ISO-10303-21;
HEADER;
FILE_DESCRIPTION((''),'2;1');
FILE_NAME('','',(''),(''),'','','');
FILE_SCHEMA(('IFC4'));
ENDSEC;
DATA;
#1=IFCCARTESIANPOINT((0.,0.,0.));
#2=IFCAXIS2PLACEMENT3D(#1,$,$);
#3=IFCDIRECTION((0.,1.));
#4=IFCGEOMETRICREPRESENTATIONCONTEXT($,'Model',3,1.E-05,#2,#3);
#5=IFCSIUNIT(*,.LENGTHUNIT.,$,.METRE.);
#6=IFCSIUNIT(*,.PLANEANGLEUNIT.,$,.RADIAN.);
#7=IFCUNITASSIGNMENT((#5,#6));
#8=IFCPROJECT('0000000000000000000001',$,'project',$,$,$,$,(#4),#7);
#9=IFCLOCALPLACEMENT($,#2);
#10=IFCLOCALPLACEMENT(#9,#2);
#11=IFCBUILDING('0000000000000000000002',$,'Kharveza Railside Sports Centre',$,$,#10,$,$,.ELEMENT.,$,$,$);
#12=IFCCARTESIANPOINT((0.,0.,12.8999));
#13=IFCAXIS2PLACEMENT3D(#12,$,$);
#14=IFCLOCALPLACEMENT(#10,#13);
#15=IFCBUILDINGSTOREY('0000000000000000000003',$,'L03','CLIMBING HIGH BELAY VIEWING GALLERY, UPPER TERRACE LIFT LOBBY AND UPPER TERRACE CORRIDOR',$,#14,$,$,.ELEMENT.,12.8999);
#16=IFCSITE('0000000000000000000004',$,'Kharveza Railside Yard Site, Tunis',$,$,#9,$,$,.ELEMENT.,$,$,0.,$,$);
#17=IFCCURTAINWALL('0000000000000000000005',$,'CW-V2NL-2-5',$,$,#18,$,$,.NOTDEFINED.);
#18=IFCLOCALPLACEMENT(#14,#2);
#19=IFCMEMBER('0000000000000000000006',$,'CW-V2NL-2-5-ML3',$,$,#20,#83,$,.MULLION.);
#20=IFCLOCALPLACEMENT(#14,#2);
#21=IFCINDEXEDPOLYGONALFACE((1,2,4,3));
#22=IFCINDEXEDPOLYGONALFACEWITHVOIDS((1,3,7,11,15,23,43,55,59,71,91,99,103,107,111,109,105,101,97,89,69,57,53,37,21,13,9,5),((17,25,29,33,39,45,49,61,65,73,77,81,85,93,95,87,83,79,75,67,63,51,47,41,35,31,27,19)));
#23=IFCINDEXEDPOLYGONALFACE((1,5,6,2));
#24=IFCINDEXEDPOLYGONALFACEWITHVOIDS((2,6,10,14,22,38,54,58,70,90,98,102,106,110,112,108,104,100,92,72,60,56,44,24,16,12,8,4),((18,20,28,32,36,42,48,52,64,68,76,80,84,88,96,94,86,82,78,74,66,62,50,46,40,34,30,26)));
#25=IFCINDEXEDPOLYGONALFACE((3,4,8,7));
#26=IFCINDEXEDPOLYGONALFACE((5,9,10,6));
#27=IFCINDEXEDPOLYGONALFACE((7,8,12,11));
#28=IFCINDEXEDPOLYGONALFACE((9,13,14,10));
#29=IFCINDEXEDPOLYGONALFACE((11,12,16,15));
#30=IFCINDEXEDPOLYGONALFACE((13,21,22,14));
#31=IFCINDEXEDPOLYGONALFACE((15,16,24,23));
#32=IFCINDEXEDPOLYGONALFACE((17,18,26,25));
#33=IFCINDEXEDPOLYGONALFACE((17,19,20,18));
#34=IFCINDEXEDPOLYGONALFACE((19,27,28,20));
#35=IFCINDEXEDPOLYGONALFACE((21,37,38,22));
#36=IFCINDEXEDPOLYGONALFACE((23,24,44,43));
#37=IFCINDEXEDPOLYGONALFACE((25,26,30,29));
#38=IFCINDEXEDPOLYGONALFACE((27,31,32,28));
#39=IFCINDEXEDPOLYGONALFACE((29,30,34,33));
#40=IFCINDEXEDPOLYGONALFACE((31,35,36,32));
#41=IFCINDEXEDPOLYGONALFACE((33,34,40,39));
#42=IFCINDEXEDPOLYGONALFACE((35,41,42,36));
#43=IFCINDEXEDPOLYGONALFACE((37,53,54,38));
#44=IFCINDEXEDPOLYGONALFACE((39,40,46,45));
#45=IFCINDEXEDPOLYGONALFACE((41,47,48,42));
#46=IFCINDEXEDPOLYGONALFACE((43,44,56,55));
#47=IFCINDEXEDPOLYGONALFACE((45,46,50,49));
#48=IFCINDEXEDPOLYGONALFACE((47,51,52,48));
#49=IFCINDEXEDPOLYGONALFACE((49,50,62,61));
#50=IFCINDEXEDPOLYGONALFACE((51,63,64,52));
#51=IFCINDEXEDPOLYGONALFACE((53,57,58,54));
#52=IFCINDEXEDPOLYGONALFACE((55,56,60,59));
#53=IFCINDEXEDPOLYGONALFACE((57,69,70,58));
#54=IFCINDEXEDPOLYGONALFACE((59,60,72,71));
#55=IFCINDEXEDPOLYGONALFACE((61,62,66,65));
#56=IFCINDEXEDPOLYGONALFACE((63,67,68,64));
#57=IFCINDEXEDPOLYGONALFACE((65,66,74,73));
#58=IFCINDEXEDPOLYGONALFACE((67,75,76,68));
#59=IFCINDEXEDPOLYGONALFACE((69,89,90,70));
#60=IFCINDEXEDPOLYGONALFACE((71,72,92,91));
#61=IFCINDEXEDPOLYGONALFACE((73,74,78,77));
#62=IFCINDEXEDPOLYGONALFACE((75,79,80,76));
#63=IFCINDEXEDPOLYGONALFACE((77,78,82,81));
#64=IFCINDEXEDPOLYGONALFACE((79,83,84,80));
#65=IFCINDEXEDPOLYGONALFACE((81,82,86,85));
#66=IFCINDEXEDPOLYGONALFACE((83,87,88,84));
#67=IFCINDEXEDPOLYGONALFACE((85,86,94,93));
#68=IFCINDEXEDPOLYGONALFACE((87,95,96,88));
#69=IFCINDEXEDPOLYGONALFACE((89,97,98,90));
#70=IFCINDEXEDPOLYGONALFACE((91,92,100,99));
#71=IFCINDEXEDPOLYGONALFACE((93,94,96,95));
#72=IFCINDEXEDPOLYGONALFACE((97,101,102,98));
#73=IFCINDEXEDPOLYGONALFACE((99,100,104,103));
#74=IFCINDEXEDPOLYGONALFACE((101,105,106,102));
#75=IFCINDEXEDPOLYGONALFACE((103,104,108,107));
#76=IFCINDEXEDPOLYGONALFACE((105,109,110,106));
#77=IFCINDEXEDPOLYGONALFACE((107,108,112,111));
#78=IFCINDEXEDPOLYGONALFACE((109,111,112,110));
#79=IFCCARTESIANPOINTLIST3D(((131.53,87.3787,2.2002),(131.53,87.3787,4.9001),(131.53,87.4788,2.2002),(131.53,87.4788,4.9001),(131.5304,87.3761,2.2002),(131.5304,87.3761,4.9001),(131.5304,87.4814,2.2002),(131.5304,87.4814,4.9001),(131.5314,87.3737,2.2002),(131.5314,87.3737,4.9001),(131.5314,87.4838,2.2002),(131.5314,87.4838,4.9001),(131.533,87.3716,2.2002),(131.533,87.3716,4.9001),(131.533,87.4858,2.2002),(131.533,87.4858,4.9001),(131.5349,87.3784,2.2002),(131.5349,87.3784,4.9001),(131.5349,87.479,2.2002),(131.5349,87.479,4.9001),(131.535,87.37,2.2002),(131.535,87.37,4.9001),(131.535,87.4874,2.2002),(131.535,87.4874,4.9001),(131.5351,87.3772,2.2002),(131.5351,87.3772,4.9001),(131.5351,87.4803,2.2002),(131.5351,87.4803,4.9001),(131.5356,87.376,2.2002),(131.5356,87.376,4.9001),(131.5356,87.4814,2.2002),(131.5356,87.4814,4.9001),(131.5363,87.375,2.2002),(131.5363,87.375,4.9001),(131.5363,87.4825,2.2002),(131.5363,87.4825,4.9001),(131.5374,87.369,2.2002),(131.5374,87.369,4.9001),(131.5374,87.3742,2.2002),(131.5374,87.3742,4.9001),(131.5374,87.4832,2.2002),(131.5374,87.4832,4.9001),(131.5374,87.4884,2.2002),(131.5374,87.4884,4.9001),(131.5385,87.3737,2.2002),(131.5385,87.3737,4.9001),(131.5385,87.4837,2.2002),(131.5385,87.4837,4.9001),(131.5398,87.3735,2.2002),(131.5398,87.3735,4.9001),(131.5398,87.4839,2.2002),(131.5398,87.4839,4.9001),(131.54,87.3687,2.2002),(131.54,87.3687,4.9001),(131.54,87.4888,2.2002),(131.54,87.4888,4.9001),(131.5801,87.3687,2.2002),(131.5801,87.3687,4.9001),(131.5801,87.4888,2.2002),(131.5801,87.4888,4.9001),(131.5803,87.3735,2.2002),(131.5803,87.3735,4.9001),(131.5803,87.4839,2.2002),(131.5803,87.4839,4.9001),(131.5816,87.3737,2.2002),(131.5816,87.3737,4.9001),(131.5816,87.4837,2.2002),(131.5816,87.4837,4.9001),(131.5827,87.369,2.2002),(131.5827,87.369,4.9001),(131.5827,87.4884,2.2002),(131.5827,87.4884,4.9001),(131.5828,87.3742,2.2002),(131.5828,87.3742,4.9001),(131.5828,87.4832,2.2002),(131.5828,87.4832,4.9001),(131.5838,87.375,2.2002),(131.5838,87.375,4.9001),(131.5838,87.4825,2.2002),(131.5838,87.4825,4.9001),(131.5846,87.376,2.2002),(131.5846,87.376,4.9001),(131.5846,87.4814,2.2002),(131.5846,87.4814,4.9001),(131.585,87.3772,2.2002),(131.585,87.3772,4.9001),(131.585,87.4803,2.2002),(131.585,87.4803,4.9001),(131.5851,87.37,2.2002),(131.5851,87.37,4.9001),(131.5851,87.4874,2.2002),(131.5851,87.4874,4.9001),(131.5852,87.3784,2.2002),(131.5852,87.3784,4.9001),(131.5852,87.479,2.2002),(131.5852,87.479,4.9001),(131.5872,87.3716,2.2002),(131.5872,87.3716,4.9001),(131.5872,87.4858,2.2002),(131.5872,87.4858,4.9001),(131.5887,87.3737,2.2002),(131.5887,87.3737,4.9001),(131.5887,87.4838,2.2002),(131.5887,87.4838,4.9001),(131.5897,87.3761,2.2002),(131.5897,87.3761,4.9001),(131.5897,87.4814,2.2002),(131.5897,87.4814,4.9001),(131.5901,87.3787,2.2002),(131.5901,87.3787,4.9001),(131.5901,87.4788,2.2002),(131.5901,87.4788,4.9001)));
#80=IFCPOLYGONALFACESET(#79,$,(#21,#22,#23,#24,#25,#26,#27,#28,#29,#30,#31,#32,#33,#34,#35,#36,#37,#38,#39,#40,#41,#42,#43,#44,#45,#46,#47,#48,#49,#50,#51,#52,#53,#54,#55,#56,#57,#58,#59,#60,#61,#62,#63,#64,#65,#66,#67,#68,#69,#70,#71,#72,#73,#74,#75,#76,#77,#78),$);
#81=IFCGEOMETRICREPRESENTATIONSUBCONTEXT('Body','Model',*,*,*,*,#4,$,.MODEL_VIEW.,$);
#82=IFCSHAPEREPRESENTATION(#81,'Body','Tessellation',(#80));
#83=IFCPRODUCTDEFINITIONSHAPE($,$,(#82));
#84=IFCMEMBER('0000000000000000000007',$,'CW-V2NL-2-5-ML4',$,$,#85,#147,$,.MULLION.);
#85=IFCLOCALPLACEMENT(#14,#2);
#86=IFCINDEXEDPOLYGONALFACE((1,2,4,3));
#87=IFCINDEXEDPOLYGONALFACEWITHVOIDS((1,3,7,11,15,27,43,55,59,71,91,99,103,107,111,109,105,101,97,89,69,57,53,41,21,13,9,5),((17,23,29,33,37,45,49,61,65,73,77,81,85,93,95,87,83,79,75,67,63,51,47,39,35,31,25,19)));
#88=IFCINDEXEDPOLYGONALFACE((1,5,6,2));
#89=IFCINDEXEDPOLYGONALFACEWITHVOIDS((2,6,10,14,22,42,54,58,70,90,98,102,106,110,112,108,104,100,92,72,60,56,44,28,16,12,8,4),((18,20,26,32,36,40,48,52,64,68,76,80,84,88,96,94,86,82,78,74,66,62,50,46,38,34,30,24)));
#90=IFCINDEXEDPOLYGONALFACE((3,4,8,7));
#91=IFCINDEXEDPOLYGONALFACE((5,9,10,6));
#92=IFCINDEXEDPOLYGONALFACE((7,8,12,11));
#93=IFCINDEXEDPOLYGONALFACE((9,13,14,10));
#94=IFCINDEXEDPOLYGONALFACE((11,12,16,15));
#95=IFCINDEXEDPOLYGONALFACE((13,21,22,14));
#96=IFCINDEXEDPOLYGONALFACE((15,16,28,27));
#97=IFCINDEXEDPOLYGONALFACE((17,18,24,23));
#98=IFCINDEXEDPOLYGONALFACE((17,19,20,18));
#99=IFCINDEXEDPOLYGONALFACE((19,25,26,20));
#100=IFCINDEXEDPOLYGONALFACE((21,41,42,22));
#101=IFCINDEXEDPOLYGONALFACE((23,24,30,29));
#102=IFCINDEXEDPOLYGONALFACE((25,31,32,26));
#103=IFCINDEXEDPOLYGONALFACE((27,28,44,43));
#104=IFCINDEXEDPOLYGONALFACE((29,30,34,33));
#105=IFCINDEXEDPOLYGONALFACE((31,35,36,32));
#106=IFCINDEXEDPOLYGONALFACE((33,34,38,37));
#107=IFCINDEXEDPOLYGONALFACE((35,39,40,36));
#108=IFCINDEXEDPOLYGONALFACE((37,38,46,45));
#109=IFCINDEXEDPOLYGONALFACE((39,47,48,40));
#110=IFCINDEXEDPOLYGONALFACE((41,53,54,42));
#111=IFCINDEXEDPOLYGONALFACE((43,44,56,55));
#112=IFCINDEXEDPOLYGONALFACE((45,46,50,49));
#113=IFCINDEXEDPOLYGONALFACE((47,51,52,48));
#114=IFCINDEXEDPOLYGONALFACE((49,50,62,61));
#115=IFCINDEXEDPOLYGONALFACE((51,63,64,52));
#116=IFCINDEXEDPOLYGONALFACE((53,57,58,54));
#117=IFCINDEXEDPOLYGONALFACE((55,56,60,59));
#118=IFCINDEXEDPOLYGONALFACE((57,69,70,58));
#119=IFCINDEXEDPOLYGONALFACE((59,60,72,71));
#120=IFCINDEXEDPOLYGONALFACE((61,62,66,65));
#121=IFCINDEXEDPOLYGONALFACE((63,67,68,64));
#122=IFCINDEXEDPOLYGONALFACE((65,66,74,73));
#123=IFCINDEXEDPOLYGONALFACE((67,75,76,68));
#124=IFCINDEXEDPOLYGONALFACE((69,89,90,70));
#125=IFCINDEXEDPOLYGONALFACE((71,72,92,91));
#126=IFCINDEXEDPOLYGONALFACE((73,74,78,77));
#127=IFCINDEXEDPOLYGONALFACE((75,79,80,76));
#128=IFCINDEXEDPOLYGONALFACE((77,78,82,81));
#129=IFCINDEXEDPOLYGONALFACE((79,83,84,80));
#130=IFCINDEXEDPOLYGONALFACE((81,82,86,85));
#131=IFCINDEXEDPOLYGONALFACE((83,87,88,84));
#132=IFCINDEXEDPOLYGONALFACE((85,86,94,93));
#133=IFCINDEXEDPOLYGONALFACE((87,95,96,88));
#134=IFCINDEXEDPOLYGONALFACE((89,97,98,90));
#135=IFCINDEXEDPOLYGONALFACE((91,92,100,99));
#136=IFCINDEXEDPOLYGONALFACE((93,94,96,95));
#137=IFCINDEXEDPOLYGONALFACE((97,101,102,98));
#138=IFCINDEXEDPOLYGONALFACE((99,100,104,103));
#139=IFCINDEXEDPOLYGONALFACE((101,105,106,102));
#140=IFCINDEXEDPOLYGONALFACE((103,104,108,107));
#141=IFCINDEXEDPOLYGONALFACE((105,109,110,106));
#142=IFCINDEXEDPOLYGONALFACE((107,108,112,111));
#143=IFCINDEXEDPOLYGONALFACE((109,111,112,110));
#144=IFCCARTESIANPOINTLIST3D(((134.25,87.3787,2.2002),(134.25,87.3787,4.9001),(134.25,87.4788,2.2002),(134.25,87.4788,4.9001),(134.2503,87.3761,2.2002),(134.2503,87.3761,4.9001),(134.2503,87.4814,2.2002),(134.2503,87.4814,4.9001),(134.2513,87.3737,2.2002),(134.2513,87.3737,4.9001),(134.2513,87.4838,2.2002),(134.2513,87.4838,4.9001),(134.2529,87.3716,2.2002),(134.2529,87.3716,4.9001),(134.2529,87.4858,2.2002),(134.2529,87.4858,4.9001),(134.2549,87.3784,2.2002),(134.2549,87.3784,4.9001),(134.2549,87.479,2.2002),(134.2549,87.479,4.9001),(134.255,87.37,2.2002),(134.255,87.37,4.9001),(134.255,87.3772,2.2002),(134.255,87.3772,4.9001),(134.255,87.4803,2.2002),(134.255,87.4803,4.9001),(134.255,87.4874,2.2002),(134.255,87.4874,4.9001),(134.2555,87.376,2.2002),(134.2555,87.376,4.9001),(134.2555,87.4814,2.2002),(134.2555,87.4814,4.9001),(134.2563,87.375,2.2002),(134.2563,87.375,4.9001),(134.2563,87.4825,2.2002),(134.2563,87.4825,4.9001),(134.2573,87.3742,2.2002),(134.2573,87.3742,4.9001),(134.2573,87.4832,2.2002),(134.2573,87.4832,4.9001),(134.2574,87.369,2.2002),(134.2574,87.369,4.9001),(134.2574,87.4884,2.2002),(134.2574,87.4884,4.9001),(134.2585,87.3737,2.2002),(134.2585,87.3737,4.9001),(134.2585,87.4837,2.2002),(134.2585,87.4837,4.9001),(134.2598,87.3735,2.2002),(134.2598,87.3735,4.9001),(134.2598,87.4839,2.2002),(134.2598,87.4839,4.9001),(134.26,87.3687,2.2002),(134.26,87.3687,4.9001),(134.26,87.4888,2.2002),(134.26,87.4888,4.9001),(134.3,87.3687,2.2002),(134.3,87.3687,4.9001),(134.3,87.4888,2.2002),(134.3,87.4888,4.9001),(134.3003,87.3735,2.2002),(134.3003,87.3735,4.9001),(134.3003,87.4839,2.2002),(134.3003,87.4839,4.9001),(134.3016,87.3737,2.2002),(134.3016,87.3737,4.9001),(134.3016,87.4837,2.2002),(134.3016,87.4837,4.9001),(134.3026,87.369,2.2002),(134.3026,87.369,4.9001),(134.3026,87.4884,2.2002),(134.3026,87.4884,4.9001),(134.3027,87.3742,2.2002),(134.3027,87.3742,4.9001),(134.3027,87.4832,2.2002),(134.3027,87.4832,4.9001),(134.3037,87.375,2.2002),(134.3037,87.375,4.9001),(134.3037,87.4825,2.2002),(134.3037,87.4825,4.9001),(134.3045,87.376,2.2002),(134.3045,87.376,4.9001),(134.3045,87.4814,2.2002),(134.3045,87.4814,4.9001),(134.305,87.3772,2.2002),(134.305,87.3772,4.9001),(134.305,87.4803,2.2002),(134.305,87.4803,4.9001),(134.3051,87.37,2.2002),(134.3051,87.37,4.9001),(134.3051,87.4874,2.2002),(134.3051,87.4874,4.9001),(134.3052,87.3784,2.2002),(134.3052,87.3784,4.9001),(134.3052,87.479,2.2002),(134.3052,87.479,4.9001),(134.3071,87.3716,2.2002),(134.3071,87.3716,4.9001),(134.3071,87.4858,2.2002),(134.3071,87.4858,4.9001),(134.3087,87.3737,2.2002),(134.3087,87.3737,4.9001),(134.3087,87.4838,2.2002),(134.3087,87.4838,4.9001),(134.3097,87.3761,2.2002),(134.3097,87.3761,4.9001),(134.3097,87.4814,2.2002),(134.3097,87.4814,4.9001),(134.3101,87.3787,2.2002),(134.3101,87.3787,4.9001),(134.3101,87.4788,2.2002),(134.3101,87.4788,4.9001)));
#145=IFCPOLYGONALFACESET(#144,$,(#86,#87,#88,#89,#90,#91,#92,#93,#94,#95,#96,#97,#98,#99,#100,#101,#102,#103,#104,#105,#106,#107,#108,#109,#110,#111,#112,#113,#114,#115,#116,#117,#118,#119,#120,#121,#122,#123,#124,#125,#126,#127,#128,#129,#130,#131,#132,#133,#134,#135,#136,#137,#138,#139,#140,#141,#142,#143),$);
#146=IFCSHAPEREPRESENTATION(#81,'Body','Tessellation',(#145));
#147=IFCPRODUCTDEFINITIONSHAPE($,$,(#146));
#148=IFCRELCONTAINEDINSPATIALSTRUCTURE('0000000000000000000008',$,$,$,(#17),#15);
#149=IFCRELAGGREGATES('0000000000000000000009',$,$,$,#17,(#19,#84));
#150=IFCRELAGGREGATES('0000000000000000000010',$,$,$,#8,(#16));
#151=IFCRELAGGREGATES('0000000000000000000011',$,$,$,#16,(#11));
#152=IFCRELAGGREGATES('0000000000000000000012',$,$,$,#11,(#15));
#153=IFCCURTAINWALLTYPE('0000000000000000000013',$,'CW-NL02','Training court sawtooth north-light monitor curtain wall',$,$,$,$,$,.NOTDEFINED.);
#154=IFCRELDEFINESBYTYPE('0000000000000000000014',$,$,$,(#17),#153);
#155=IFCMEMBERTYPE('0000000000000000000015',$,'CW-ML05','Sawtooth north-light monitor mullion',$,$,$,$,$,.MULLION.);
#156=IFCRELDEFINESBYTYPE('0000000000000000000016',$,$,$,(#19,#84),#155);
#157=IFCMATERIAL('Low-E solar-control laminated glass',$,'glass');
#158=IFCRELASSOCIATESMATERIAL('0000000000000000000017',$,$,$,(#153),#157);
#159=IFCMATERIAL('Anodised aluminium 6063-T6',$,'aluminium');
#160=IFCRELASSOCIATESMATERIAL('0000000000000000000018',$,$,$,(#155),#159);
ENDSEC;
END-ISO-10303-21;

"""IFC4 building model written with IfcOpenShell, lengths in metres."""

from ifc_helpers import new_model, si_unit, direction, frame, origin, origin_2d, place, context, subcontext, project, spatial, hollow_rectangle, extrude, material, material_profile, profile_set, type_object, element, aggregate, save


model = new_model("IFC4")

# Units and contexts
model_context = context("Model", 3, precision=1e-05, world=origin(), true_north=direction((0.0, 1.0)))
body_context = subcontext(model_context, "Body", "Model", "MODEL_VIEW")
ifc_project = project(units=[si_unit("LENGTHUNIT", "METRE"), si_unit("PLANEANGLEUNIT", "RADIAN")], contexts=[model_context])

# Site, building, storey
site_placement = place(None, origin())
site = spatial("IfcSite", under=ifc_project, at=site_placement, Name="Kharveza Railside Yard Site, Tunis", CompositionType="ELEMENT", RefElevation=0.0)
building_placement = place(site_placement, origin())
building = spatial("IfcBuilding", under=site, at=building_placement, Name="Kharveza Railside Sports Centre", CompositionType="ELEMENT")
storey_placement = place(building_placement, frame((0.0, 0.0, 12.8999)))
storey = spatial("IfcBuildingStorey", under=building, at=storey_placement, Name="L03", Description="CLIMBING HIGH BELAY VIEWING GALLERY, UPPER TERRACE LIFT LOBBY AND UPPER TERRACE CORRIDOR", CompositionType="ELEMENT", Elevation=12.8999)

# Curtain wall, members
ifc_material_1 = material(Name="Low-E solar-control laminated glass", Category="glass")
curtain_wall_type = type_object("IfcCurtainWallType", Name="CW-NL02", Description="Training court sawtooth north-light monitor curtain wall", PredefinedType="NOTDEFINED", material=ifc_material_1)
curtain_wall_1_placement = place(storey_placement, origin())
curtain_wall_1 = element("IfcCurtainWall", 1, at=curtain_wall_1_placement, inside=storey, type_object=curtain_wall_type, Name="CW-V2NL-2-5", PredefinedType="NOTDEFINED")
ifc_material_2 = material(Name="Anodised aluminium 6063-T6", Category="aluminium")
ifc_material_profile_1 = material_profile(ifc_material_2, hollow_rectangle(XDim=0.0601, YDim=0.1201, WallThickness=0.0049, InnerFilletRadius=0.0049, OuterFilletRadius=0.01, at=origin_2d()), Name="RHS 60x120x5.0")
ifc_profile_set_1 = profile_set([ifc_material_profile_1], Name="Anodised aluminium 6063-T6")
member_type_1 = type_object("IfcMemberType", Name="CW-ML05", Description="Sawtooth north-light monitor mullion", PredefinedType="MULLION", material=ifc_profile_set_1)
member_1_placement = place(storey_placement, frame((131.5601, 87.4287, 2.2002), z_axis=(0.0, 0.0, 1.0), x_axis=(1.0, 0.0, 0.0)))
member_1 = element("IfcMember", 2, at=member_1_placement, type_object=member_type_1, Name="CW-V2NL-2-5-ML3", PredefinedType="MULLION", context=body_context, shape_type="SweptSolid", body=[
    extrude(hollow_rectangle(XDim=0.0601, YDim=0.1201, WallThickness=0.0049, InnerFilletRadius=0.0049, OuterFilletRadius=0.01, at=origin_2d()), origin(), (0.0, 0.0, 1.0), 2.7),
])
member_2_placement = place(storey_placement, frame((134.28, 87.4287, 2.2002), z_axis=(0.0, 0.0, 1.0), x_axis=(1.0, 0.0, 0.0)))
member_2 = element("IfcMember", 3, at=member_2_placement, type_object=member_type_1, Name="CW-V2NL-2-5-ML4", PredefinedType="MULLION", context=body_context, shape_type="SweptSolid", body=[
    extrude(hollow_rectangle(XDim=0.0601, YDim=0.1201, WallThickness=0.0049, InnerFilletRadius=0.0049, OuterFilletRadius=0.01, at=origin_2d()), origin(), (0.0, 0.0, 1.0), 2.7),
])

aggregate(curtain_wall_1, [member_1, member_2])

save(model, "model.ifc")
